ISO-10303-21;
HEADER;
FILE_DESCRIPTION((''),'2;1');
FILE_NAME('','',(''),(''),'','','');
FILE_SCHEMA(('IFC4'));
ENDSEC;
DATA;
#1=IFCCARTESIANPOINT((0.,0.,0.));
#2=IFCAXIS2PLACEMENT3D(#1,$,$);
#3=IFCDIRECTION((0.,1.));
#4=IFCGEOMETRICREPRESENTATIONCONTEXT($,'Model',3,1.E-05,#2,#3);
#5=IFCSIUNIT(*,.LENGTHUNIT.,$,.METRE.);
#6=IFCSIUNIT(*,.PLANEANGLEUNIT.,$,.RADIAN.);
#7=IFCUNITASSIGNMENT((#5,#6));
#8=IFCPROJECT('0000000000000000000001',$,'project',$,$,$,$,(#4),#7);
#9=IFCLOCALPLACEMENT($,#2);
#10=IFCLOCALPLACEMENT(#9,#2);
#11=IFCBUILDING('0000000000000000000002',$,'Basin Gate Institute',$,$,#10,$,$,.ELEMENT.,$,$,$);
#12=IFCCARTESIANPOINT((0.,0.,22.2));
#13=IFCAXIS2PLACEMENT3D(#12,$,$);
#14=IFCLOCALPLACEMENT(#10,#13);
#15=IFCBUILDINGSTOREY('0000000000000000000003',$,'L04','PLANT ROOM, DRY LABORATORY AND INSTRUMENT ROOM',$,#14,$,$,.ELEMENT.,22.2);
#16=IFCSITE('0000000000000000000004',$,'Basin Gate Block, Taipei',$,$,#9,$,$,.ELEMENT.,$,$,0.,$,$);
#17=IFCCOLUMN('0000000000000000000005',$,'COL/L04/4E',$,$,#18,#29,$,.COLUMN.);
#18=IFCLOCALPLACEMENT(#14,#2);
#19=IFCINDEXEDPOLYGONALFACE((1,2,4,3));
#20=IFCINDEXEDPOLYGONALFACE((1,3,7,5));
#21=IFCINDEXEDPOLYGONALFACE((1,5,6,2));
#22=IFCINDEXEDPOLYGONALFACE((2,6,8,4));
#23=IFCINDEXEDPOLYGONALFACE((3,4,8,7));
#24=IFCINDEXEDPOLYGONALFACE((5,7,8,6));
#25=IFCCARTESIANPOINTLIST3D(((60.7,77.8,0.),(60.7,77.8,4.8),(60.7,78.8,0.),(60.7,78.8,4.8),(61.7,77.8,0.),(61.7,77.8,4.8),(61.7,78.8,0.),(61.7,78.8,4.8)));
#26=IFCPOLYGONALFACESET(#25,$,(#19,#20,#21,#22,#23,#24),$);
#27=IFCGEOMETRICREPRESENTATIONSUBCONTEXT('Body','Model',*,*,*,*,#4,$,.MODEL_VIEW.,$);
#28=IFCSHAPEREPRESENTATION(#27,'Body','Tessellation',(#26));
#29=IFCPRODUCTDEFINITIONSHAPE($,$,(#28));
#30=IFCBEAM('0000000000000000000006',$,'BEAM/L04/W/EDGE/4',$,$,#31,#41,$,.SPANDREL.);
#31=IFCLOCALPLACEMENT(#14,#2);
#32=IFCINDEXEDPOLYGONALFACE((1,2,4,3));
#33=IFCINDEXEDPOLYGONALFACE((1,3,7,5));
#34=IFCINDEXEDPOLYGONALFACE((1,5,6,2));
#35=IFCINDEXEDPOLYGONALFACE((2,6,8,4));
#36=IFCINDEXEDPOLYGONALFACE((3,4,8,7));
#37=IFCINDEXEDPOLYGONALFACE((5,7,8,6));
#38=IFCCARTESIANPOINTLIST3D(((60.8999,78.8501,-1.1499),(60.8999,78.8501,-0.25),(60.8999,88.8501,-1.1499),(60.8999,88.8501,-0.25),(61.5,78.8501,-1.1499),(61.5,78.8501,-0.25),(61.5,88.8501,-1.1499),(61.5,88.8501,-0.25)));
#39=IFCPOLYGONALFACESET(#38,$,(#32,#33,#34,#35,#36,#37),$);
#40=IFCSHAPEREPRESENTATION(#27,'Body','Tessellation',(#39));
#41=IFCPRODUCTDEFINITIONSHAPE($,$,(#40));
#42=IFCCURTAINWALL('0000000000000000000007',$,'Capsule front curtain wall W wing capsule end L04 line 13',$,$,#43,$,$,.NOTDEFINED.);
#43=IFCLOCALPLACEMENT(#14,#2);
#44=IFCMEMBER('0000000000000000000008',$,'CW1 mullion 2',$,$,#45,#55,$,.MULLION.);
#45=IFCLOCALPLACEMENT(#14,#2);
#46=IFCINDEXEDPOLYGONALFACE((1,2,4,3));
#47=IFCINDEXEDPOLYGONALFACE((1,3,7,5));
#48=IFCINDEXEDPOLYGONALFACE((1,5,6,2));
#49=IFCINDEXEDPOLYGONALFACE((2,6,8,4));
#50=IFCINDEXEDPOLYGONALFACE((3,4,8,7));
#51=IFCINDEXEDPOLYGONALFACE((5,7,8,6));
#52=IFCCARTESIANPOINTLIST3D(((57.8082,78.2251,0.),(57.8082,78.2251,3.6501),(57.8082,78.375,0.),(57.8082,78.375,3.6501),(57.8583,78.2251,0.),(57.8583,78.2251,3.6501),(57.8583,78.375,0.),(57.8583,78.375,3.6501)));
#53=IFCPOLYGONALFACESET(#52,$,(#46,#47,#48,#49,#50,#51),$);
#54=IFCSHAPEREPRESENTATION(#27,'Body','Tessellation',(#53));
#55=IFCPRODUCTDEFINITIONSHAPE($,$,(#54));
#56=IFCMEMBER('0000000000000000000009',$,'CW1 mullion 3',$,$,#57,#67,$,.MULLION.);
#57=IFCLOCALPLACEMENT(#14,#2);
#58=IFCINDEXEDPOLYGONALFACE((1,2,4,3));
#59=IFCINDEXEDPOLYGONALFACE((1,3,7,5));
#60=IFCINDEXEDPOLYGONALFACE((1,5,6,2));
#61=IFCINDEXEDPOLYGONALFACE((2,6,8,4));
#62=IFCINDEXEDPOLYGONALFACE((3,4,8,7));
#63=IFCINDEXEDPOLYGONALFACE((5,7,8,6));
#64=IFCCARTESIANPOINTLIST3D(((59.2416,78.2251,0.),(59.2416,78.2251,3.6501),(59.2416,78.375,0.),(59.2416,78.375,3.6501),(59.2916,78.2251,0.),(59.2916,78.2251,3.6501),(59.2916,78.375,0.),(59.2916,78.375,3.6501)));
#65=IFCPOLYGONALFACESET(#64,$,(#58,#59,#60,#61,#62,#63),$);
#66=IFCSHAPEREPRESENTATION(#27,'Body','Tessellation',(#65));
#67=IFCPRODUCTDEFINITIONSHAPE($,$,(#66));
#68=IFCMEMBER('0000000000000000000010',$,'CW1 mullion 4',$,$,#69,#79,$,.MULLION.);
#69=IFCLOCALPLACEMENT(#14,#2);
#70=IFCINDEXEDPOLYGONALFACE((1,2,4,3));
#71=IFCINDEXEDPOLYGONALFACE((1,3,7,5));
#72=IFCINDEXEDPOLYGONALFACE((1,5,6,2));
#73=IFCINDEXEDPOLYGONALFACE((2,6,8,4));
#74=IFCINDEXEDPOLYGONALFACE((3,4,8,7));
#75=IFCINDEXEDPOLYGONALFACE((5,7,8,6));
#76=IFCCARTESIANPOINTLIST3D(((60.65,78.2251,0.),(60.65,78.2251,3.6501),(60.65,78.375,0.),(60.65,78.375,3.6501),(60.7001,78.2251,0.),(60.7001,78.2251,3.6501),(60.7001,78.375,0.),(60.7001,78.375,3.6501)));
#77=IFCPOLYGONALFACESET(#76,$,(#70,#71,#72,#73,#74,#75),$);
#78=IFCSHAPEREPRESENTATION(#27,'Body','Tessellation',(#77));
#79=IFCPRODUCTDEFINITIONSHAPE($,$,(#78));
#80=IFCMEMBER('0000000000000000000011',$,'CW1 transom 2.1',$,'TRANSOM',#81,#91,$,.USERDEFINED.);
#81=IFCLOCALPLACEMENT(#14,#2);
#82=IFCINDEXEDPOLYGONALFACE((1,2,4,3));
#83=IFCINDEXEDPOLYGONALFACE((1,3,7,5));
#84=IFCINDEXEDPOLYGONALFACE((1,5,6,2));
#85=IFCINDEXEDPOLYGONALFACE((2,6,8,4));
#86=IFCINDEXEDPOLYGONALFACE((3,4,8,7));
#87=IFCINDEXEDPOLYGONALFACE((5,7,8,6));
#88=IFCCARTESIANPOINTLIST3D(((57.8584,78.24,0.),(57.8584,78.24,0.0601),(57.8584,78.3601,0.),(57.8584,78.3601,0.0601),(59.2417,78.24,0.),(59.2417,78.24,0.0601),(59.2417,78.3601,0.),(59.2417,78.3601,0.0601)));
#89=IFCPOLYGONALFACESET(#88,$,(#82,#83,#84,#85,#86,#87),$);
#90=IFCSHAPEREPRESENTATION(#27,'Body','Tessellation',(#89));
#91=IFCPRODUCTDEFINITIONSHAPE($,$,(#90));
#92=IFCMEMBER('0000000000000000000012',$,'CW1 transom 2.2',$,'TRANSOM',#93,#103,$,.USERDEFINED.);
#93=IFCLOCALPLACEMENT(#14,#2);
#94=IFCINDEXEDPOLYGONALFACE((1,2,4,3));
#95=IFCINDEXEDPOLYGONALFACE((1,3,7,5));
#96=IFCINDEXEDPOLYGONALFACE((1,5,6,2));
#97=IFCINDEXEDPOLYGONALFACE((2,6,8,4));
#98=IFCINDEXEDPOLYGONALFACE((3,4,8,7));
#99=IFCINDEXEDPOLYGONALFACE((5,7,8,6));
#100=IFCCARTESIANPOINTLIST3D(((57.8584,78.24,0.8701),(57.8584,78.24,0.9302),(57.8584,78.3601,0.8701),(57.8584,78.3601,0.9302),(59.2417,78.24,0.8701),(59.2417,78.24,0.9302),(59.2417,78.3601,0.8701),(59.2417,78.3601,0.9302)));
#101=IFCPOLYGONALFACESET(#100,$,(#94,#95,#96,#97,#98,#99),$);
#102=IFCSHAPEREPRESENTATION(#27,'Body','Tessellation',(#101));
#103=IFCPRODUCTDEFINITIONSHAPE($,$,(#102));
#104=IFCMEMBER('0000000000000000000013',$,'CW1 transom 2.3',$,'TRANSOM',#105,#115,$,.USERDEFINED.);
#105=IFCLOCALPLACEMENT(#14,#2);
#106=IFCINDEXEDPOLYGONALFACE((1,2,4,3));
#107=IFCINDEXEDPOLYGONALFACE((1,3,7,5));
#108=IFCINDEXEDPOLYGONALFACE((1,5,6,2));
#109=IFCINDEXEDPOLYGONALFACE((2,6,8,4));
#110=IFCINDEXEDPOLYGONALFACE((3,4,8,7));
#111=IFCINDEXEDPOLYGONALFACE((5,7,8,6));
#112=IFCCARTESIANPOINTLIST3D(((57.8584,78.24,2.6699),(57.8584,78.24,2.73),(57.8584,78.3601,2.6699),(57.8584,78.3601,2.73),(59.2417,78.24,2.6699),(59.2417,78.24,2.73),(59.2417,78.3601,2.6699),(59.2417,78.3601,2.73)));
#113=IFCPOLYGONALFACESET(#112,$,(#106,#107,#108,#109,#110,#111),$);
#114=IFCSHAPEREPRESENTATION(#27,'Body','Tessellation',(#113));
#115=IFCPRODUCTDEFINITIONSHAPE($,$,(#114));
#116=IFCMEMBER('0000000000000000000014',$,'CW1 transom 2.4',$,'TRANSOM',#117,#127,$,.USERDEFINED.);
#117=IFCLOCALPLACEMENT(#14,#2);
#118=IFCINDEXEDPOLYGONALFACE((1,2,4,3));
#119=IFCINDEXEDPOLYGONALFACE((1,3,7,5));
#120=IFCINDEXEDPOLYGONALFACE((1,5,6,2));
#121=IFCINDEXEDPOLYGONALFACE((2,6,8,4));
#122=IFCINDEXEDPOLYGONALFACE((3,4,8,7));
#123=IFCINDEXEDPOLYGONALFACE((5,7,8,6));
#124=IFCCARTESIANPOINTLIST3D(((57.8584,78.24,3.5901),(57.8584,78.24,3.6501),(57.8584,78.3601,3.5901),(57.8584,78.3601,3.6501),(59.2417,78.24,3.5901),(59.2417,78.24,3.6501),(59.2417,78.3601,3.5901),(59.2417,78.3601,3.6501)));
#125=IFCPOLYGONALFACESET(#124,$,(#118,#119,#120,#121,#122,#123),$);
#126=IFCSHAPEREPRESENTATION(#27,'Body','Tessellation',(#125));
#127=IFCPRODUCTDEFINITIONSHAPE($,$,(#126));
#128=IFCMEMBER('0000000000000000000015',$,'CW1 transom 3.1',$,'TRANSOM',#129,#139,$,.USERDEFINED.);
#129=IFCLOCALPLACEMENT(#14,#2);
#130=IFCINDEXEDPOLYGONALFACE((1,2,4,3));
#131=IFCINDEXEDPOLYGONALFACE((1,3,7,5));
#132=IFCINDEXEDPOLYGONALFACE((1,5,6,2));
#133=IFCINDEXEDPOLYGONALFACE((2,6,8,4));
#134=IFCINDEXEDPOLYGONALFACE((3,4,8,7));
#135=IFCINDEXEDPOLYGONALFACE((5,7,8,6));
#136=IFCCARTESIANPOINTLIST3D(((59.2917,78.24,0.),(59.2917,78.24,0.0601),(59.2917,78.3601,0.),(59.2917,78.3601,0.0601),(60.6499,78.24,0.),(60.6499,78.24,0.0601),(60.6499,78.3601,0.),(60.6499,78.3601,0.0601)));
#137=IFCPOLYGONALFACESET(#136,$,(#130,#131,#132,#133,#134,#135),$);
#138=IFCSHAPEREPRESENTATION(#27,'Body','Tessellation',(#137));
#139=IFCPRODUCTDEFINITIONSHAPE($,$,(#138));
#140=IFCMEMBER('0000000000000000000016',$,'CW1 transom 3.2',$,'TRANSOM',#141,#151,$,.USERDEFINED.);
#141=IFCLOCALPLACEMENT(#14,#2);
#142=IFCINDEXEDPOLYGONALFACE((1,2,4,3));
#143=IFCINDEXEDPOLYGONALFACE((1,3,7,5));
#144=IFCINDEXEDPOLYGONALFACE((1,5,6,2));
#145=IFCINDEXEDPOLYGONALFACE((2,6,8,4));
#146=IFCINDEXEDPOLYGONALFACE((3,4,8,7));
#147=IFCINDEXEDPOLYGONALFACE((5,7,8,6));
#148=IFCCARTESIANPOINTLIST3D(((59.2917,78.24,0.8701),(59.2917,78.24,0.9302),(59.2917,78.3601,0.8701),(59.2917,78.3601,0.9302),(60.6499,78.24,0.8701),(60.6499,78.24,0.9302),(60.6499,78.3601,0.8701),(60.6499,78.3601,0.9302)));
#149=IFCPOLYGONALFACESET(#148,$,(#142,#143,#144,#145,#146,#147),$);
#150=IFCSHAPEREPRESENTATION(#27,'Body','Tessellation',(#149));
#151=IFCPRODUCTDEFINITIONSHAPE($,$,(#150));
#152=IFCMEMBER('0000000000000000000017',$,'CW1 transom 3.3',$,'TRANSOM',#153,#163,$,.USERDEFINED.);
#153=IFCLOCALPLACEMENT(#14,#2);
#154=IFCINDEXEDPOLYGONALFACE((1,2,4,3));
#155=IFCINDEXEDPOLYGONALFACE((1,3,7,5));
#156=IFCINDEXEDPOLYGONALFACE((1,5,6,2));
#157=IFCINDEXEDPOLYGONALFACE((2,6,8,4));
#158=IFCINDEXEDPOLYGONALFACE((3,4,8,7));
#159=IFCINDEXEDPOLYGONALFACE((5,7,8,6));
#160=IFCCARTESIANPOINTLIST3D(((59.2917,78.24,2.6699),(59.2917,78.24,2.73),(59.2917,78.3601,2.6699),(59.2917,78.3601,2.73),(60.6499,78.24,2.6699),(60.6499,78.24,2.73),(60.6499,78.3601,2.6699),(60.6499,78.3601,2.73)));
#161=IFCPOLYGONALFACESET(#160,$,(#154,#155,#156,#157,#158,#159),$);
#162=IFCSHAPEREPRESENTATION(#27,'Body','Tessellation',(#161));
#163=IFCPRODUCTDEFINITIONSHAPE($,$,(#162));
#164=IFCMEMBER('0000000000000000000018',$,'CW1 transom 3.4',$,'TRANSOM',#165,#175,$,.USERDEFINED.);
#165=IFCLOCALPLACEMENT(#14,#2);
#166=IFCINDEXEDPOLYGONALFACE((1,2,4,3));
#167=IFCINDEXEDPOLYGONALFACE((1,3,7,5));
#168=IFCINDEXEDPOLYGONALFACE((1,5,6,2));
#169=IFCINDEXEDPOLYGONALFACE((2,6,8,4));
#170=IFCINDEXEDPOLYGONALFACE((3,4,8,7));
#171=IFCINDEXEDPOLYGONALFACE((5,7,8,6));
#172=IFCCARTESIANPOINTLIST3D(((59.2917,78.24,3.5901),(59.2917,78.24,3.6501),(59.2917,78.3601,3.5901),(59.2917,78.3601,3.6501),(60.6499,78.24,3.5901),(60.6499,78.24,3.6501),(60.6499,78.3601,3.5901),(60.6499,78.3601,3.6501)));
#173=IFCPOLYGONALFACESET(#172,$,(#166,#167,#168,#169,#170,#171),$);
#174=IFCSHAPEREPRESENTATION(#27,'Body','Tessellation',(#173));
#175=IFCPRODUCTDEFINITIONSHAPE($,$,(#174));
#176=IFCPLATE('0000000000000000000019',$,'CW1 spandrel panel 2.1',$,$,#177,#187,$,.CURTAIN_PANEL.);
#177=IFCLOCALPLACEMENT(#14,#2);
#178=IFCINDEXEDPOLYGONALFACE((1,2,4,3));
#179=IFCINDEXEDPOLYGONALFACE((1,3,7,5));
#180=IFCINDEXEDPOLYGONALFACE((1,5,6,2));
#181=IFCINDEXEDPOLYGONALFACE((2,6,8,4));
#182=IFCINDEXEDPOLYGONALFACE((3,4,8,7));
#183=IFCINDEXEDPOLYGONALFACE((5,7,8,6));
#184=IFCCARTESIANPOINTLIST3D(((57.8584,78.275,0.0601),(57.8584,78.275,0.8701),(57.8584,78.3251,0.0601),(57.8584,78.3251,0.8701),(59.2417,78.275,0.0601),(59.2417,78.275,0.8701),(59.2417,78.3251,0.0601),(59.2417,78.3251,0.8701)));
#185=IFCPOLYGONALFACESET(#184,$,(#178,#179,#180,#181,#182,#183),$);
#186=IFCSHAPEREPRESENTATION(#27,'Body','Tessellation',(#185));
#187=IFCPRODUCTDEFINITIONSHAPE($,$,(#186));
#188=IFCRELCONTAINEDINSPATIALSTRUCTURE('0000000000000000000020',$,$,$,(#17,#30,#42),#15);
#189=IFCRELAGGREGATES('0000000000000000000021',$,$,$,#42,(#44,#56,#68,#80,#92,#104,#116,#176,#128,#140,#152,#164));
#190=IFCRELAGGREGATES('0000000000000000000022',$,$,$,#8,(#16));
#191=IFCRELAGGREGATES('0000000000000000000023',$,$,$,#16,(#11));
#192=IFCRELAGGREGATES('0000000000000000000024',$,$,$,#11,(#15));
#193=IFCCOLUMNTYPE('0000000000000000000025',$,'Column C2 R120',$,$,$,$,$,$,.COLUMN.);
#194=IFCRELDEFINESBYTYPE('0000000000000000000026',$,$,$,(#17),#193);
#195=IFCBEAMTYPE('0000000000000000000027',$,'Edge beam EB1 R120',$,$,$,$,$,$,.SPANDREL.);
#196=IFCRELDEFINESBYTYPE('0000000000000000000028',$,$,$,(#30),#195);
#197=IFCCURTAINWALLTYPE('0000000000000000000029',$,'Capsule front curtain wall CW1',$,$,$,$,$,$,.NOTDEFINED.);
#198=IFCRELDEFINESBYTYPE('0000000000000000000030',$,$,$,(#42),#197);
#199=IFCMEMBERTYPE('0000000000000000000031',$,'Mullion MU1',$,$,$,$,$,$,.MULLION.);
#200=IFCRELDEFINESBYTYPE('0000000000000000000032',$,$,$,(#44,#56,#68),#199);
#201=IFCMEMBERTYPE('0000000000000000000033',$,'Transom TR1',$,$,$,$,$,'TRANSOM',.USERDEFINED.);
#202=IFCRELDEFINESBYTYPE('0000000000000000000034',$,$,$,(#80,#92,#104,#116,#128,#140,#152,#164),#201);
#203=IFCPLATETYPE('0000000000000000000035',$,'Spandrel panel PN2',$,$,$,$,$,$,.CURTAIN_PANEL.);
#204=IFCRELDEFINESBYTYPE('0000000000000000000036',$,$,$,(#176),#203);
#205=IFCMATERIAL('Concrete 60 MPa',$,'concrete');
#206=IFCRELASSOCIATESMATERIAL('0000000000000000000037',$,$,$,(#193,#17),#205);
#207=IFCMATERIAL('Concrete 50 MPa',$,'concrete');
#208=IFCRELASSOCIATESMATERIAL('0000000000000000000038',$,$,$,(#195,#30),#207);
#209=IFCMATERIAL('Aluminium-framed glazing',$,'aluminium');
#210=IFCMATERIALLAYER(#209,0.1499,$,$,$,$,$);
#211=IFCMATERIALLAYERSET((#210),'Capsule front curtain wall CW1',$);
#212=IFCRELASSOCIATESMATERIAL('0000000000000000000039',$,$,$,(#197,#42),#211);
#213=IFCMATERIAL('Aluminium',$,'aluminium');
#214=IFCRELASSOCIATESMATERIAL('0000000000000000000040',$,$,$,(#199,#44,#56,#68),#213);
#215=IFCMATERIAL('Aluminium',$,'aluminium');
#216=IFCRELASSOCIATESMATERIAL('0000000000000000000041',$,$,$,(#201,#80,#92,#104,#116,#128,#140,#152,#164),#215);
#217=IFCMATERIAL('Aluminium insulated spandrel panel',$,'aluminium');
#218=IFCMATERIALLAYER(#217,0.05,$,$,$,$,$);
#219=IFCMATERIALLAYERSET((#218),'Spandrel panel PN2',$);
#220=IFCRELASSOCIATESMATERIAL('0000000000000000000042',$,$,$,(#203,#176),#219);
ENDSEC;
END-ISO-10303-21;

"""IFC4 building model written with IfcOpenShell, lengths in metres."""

from ifc_helpers import new_model, si_unit, direction, frame, origin, origin_2d, place, context, subcontext, project, spatial, rectangle, extrude, material, layer, layer_set, material_profile, profile_set, type_object, element, aggregate, save


model = new_model("IFC4")

# Units and contexts
model_context = context("Model", 3, precision=1e-05, world=origin(), true_north=direction((0.0, 1.0)))
body_context = subcontext(model_context, "Body", "Model", "MODEL_VIEW")
ifc_project = project(units=[si_unit("LENGTHUNIT", "METRE"), si_unit("PLANEANGLEUNIT", "RADIAN")], contexts=[model_context])

# Site, building, storey
site_placement = place(None, origin())
site = spatial("IfcSite", under=ifc_project, at=site_placement, Name="Basin Gate Block, Taipei", CompositionType="ELEMENT", RefElevation=0.0)
building_placement = place(site_placement, origin())
building = spatial("IfcBuilding", under=site, at=building_placement, Name="Basin Gate Institute", CompositionType="ELEMENT")
storey_placement = place(building_placement, frame((0.0, 0.0, 22.2)))
storey = spatial("IfcBuildingStorey", under=building, at=storey_placement, Name="L04", Description="PLANT ROOM, DRY LABORATORY AND INSTRUMENT ROOM", CompositionType="ELEMENT", Elevation=22.2)

# Column
ifc_material_1 = material(Name="Concrete 60 MPa", Category="concrete")
ifc_material_profile_1 = material_profile(ifc_material_1, rectangle(XDim=1.0, YDim=1.0, at=origin_2d()), Name="Column C2 1000 x 1000")
ifc_profile_set_1 = profile_set([ifc_material_profile_1], Name="Concrete 60 MPa")
column_type = type_object("IfcColumnType", Name="Column C2 R120", PredefinedType="COLUMN", material=ifc_profile_set_1)
column_placement = place(storey_placement, frame((61.2, 78.3, 0.0), z_axis=(0.0, 0.0, 1.0), x_axis=(1.0, 0.0, 0.0)))
element("IfcColumn", 1, at=column_placement, inside=storey, type_object=column_type, material=ifc_profile_set_1, Name="COL/L04/4E", PredefinedType="COLUMN", context=body_context, shape_type="SweptSolid", body=[
    extrude(rectangle(XDim=1.0, YDim=1.0, at=origin_2d()), origin(), (0.0, 0.0, 1.0), 4.8),
])

# Beam
ifc_material_2 = material(Name="Concrete 50 MPa", Category="concrete")
ifc_material_profile_2 = material_profile(ifc_material_2, rectangle(XDim=0.6001, YDim=0.8999, at=origin_2d()), Name="Edge beam EB1 600 x 900")
ifc_profile_set_2 = profile_set([ifc_material_profile_2], Name="Concrete 50 MPa")
beam_type = type_object("IfcBeamType", Name="Edge beam EB1 R120", PredefinedType="SPANDREL", material=ifc_profile_set_2)
beam_placement = place(storey_placement, frame((61.2, 78.8501, -0.7), z_axis=(0.0, 1.0, 0.0), x_axis=(-1.0, 0.0, 0.0)))
element("IfcBeam", 2, at=beam_placement, inside=storey, type_object=beam_type, material=ifc_profile_set_2, Name="BEAM/L04/W/EDGE/4", PredefinedType="SPANDREL", context=body_context, shape_type="SweptSolid", body=[
    extrude(rectangle(XDim=0.6001, YDim=0.8999, at=origin_2d()), origin(), (0.0, 0.0, 1.0), 10.0),
])

# Curtain wall, members, plate
ifc_material_3 = material(Name="Aluminium-framed glazing", Category="aluminium")
ifc_layer_1 = layer(ifc_material_3, 0.1499)
ifc_layer_set_1 = layer_set([ifc_layer_1], Name="Capsule front curtain wall CW1")
curtain_wall_type = type_object("IfcCurtainWallType", Name="Capsule front curtain wall CW1", PredefinedType="NOTDEFINED", material=ifc_layer_set_1)
curtain_wall_placement = place(storey_placement, origin())
curtain_wall = element("IfcCurtainWall", 3, at=curtain_wall_placement, inside=storey, type_object=curtain_wall_type, material=ifc_layer_set_1, Name="Capsule front curtain wall W wing capsule end L04 line 13", PredefinedType="NOTDEFINED")
ifc_material_4 = material(Name="Aluminium", Category="aluminium")
ifc_material_profile_3 = material_profile(ifc_material_4, rectangle(XDim=0.1499, YDim=0.05, at=origin_2d()), Name="Mullion MU1 150 x 50")
ifc_profile_set_3 = profile_set([ifc_material_profile_3], Name="Aluminium")
member_type_1 = type_object("IfcMemberType", Name="Mullion MU1", PredefinedType="MULLION", material=ifc_profile_set_3)
member_1_placement = place(storey_placement, frame((57.8333, 78.3, 0.0), z_axis=(0.0, 0.0, 1.0), x_axis=(0.0, 1.0, 0.0)))
member_1 = element("IfcMember", 4, at=member_1_placement, type_object=member_type_1, material=ifc_profile_set_3, Name="CW1 mullion 2", PredefinedType="MULLION", context=body_context, shape_type="SweptSolid", body=[
    extrude(rectangle(XDim=0.1499, YDim=0.05, at=origin_2d()), origin(), (0.0, 0.0, 1.0), 3.6501),
])
member_2_placement = place(storey_placement, frame((59.2666, 78.3, 0.0), z_axis=(0.0, 0.0, 1.0), x_axis=(0.0, 1.0, 0.0)))
member_2 = element("IfcMember", 5, at=member_2_placement, type_object=member_type_1, material=ifc_profile_set_3, Name="CW1 mullion 3", PredefinedType="MULLION", context=body_context, shape_type="SweptSolid", body=[
    extrude(rectangle(XDim=0.1499, YDim=0.05, at=origin_2d()), origin(), (0.0, 0.0, 1.0), 3.6501),
])
member_3_placement = place(storey_placement, frame((60.675, 78.3, 0.0), z_axis=(0.0, 0.0, 1.0), x_axis=(0.0, 1.0, 0.0)))
member_3 = element("IfcMember", 6, at=member_3_placement, type_object=member_type_1, material=ifc_profile_set_3, Name="CW1 mullion 4", PredefinedType="MULLION", context=body_context, shape_type="SweptSolid", body=[
    extrude(rectangle(XDim=0.1499, YDim=0.05, at=origin_2d()), origin(), (0.0, 0.0, 1.0), 3.6501),
])
ifc_material_5 = material(Name="Aluminium", Category="aluminium")
ifc_material_profile_4 = material_profile(ifc_material_5, rectangle(XDim=0.1201, YDim=0.0601, at=origin_2d()), Name="Transom TR1 120 x 60")
ifc_profile_set_4 = profile_set([ifc_material_profile_4], Name="Aluminium")
member_type_2 = type_object("IfcMemberType", Name="Transom TR1", ElementType="TRANSOM", PredefinedType="USERDEFINED", material=ifc_profile_set_4)
member_4_placement = place(storey_placement, frame((57.8584, 78.3, 0.03), z_axis=(1.0, 0.0, 0.0), x_axis=(0.0, 1.0, 0.0)))
member_4 = element("IfcMember", 7, at=member_4_placement, type_object=member_type_2, material=ifc_profile_set_4, Name="CW1 transom 2.1", ObjectType="TRANSOM", PredefinedType="USERDEFINED", context=body_context, shape_type="SweptSolid", body=[
    extrude(rectangle(XDim=0.1201, YDim=0.0601, at=origin_2d()), origin(), (0.0, 0.0, 1.0), 1.3833),
])
member_5_placement = place(storey_placement, frame((57.8584, 78.3, 0.9001), z_axis=(1.0, 0.0, 0.0), x_axis=(0.0, 1.0, 0.0)))
member_5 = element("IfcMember", 8, at=member_5_placement, type_object=member_type_2, material=ifc_profile_set_4, Name="CW1 transom 2.2", ObjectType="TRANSOM", PredefinedType="USERDEFINED", context=body_context, shape_type="SweptSolid", body=[
    extrude(rectangle(XDim=0.1201, YDim=0.0601, at=origin_2d()), origin(), (0.0, 0.0, 1.0), 1.3833),
])
member_6_placement = place(storey_placement, frame((57.8584, 78.3, 2.7), z_axis=(1.0, 0.0, 0.0), x_axis=(0.0, 1.0, 0.0)))
member_6 = element("IfcMember", 9, at=member_6_placement, type_object=member_type_2, material=ifc_profile_set_4, Name="CW1 transom 2.3", ObjectType="TRANSOM", PredefinedType="USERDEFINED", context=body_context, shape_type="SweptSolid", body=[
    extrude(rectangle(XDim=0.1201, YDim=0.0601, at=origin_2d()), origin(), (0.0, 0.0, 1.0), 1.3833),
])
member_7_placement = place(storey_placement, frame((57.8584, 78.3, 3.6201), z_axis=(1.0, 0.0, 0.0), x_axis=(0.0, 1.0, 0.0)))
member_7 = element("IfcMember", 10, at=member_7_placement, type_object=member_type_2, material=ifc_profile_set_4, Name="CW1 transom 2.4", ObjectType="TRANSOM", PredefinedType="USERDEFINED", context=body_context, shape_type="SweptSolid", body=[
    extrude(rectangle(XDim=0.1201, YDim=0.0601, at=origin_2d()), origin(), (0.0, 0.0, 1.0), 1.3833),
])
member_8_placement = place(storey_placement, frame((59.2917, 78.3, 0.03), z_axis=(1.0, 0.0, 0.0), x_axis=(0.0, 1.0, 0.0)))
member_8 = element("IfcMember", 11, at=member_8_placement, type_object=member_type_2, material=ifc_profile_set_4, Name="CW1 transom 3.1", ObjectType="TRANSOM", PredefinedType="USERDEFINED", context=body_context, shape_type="SweptSolid", body=[
    extrude(rectangle(XDim=0.1201, YDim=0.0601, at=origin_2d()), origin(), (0.0, 0.0, 1.0), 1.3582),
])
member_9_placement = place(storey_placement, frame((59.2917, 78.3, 0.9001), z_axis=(1.0, 0.0, 0.0), x_axis=(0.0, 1.0, 0.0)))
member_9 = element("IfcMember", 12, at=member_9_placement, type_object=member_type_2, material=ifc_profile_set_4, Name="CW1 transom 3.2", ObjectType="TRANSOM", PredefinedType="USERDEFINED", context=body_context, shape_type="SweptSolid", body=[
    extrude(rectangle(XDim=0.1201, YDim=0.0601, at=origin_2d()), origin(), (0.0, 0.0, 1.0), 1.3582),
])
member_10_placement = place(storey_placement, frame((59.2917, 78.3, 2.7), z_axis=(1.0, 0.0, 0.0), x_axis=(0.0, 1.0, 0.0)))
member_10 = element("IfcMember", 13, at=member_10_placement, type_object=member_type_2, material=ifc_profile_set_4, Name="CW1 transom 3.3", ObjectType="TRANSOM", PredefinedType="USERDEFINED", context=body_context, shape_type="SweptSolid", body=[
    extrude(rectangle(XDim=0.1201, YDim=0.0601, at=origin_2d()), origin(), (0.0, 0.0, 1.0), 1.3582),
])
member_11_placement = place(storey_placement, frame((59.2917, 78.3, 3.6201), z_axis=(1.0, 0.0, 0.0), x_axis=(0.0, 1.0, 0.0)))
member_11 = element("IfcMember", 14, at=member_11_placement, type_object=member_type_2, material=ifc_profile_set_4, Name="CW1 transom 3.4", ObjectType="TRANSOM", PredefinedType="USERDEFINED", context=body_context, shape_type="SweptSolid", body=[
    extrude(rectangle(XDim=0.1201, YDim=0.0601, at=origin_2d()), origin(), (0.0, 0.0, 1.0), 1.3582),
])
ifc_material_6 = material(Name="Aluminium insulated spandrel panel", Category="aluminium")
ifc_layer_2 = layer(ifc_material_6, 0.05)
ifc_layer_set_2 = layer_set([ifc_layer_2], Name="Spandrel panel PN2")
plate_type_1 = type_object("IfcPlateType", Name="Spandrel panel PN2", PredefinedType="CURTAIN_PANEL", material=ifc_layer_set_2)
plate_1_placement = place(storey_placement, frame((58.55, 78.3, 0.0601), z_axis=(0.0, 0.0, 1.0), x_axis=(1.0, 0.0, 0.0)))
plate_1 = element("IfcPlate", 15, at=plate_1_placement, type_object=plate_type_1, material=ifc_layer_set_2, Name="CW1 spandrel panel 2.1", PredefinedType="CURTAIN_PANEL", context=body_context, shape_type="SweptSolid", body=[
    extrude(rectangle(XDim=1.3833, YDim=0.05, at=origin_2d()), origin(), (0.0, 0.0, 1.0), 0.8101),
])
aggregate(curtain_wall, [member_1, member_2, member_3, member_4, member_5, member_6, member_7, plate_1, member_8, member_9, member_10, member_11])

save(model, "model.ifc")
